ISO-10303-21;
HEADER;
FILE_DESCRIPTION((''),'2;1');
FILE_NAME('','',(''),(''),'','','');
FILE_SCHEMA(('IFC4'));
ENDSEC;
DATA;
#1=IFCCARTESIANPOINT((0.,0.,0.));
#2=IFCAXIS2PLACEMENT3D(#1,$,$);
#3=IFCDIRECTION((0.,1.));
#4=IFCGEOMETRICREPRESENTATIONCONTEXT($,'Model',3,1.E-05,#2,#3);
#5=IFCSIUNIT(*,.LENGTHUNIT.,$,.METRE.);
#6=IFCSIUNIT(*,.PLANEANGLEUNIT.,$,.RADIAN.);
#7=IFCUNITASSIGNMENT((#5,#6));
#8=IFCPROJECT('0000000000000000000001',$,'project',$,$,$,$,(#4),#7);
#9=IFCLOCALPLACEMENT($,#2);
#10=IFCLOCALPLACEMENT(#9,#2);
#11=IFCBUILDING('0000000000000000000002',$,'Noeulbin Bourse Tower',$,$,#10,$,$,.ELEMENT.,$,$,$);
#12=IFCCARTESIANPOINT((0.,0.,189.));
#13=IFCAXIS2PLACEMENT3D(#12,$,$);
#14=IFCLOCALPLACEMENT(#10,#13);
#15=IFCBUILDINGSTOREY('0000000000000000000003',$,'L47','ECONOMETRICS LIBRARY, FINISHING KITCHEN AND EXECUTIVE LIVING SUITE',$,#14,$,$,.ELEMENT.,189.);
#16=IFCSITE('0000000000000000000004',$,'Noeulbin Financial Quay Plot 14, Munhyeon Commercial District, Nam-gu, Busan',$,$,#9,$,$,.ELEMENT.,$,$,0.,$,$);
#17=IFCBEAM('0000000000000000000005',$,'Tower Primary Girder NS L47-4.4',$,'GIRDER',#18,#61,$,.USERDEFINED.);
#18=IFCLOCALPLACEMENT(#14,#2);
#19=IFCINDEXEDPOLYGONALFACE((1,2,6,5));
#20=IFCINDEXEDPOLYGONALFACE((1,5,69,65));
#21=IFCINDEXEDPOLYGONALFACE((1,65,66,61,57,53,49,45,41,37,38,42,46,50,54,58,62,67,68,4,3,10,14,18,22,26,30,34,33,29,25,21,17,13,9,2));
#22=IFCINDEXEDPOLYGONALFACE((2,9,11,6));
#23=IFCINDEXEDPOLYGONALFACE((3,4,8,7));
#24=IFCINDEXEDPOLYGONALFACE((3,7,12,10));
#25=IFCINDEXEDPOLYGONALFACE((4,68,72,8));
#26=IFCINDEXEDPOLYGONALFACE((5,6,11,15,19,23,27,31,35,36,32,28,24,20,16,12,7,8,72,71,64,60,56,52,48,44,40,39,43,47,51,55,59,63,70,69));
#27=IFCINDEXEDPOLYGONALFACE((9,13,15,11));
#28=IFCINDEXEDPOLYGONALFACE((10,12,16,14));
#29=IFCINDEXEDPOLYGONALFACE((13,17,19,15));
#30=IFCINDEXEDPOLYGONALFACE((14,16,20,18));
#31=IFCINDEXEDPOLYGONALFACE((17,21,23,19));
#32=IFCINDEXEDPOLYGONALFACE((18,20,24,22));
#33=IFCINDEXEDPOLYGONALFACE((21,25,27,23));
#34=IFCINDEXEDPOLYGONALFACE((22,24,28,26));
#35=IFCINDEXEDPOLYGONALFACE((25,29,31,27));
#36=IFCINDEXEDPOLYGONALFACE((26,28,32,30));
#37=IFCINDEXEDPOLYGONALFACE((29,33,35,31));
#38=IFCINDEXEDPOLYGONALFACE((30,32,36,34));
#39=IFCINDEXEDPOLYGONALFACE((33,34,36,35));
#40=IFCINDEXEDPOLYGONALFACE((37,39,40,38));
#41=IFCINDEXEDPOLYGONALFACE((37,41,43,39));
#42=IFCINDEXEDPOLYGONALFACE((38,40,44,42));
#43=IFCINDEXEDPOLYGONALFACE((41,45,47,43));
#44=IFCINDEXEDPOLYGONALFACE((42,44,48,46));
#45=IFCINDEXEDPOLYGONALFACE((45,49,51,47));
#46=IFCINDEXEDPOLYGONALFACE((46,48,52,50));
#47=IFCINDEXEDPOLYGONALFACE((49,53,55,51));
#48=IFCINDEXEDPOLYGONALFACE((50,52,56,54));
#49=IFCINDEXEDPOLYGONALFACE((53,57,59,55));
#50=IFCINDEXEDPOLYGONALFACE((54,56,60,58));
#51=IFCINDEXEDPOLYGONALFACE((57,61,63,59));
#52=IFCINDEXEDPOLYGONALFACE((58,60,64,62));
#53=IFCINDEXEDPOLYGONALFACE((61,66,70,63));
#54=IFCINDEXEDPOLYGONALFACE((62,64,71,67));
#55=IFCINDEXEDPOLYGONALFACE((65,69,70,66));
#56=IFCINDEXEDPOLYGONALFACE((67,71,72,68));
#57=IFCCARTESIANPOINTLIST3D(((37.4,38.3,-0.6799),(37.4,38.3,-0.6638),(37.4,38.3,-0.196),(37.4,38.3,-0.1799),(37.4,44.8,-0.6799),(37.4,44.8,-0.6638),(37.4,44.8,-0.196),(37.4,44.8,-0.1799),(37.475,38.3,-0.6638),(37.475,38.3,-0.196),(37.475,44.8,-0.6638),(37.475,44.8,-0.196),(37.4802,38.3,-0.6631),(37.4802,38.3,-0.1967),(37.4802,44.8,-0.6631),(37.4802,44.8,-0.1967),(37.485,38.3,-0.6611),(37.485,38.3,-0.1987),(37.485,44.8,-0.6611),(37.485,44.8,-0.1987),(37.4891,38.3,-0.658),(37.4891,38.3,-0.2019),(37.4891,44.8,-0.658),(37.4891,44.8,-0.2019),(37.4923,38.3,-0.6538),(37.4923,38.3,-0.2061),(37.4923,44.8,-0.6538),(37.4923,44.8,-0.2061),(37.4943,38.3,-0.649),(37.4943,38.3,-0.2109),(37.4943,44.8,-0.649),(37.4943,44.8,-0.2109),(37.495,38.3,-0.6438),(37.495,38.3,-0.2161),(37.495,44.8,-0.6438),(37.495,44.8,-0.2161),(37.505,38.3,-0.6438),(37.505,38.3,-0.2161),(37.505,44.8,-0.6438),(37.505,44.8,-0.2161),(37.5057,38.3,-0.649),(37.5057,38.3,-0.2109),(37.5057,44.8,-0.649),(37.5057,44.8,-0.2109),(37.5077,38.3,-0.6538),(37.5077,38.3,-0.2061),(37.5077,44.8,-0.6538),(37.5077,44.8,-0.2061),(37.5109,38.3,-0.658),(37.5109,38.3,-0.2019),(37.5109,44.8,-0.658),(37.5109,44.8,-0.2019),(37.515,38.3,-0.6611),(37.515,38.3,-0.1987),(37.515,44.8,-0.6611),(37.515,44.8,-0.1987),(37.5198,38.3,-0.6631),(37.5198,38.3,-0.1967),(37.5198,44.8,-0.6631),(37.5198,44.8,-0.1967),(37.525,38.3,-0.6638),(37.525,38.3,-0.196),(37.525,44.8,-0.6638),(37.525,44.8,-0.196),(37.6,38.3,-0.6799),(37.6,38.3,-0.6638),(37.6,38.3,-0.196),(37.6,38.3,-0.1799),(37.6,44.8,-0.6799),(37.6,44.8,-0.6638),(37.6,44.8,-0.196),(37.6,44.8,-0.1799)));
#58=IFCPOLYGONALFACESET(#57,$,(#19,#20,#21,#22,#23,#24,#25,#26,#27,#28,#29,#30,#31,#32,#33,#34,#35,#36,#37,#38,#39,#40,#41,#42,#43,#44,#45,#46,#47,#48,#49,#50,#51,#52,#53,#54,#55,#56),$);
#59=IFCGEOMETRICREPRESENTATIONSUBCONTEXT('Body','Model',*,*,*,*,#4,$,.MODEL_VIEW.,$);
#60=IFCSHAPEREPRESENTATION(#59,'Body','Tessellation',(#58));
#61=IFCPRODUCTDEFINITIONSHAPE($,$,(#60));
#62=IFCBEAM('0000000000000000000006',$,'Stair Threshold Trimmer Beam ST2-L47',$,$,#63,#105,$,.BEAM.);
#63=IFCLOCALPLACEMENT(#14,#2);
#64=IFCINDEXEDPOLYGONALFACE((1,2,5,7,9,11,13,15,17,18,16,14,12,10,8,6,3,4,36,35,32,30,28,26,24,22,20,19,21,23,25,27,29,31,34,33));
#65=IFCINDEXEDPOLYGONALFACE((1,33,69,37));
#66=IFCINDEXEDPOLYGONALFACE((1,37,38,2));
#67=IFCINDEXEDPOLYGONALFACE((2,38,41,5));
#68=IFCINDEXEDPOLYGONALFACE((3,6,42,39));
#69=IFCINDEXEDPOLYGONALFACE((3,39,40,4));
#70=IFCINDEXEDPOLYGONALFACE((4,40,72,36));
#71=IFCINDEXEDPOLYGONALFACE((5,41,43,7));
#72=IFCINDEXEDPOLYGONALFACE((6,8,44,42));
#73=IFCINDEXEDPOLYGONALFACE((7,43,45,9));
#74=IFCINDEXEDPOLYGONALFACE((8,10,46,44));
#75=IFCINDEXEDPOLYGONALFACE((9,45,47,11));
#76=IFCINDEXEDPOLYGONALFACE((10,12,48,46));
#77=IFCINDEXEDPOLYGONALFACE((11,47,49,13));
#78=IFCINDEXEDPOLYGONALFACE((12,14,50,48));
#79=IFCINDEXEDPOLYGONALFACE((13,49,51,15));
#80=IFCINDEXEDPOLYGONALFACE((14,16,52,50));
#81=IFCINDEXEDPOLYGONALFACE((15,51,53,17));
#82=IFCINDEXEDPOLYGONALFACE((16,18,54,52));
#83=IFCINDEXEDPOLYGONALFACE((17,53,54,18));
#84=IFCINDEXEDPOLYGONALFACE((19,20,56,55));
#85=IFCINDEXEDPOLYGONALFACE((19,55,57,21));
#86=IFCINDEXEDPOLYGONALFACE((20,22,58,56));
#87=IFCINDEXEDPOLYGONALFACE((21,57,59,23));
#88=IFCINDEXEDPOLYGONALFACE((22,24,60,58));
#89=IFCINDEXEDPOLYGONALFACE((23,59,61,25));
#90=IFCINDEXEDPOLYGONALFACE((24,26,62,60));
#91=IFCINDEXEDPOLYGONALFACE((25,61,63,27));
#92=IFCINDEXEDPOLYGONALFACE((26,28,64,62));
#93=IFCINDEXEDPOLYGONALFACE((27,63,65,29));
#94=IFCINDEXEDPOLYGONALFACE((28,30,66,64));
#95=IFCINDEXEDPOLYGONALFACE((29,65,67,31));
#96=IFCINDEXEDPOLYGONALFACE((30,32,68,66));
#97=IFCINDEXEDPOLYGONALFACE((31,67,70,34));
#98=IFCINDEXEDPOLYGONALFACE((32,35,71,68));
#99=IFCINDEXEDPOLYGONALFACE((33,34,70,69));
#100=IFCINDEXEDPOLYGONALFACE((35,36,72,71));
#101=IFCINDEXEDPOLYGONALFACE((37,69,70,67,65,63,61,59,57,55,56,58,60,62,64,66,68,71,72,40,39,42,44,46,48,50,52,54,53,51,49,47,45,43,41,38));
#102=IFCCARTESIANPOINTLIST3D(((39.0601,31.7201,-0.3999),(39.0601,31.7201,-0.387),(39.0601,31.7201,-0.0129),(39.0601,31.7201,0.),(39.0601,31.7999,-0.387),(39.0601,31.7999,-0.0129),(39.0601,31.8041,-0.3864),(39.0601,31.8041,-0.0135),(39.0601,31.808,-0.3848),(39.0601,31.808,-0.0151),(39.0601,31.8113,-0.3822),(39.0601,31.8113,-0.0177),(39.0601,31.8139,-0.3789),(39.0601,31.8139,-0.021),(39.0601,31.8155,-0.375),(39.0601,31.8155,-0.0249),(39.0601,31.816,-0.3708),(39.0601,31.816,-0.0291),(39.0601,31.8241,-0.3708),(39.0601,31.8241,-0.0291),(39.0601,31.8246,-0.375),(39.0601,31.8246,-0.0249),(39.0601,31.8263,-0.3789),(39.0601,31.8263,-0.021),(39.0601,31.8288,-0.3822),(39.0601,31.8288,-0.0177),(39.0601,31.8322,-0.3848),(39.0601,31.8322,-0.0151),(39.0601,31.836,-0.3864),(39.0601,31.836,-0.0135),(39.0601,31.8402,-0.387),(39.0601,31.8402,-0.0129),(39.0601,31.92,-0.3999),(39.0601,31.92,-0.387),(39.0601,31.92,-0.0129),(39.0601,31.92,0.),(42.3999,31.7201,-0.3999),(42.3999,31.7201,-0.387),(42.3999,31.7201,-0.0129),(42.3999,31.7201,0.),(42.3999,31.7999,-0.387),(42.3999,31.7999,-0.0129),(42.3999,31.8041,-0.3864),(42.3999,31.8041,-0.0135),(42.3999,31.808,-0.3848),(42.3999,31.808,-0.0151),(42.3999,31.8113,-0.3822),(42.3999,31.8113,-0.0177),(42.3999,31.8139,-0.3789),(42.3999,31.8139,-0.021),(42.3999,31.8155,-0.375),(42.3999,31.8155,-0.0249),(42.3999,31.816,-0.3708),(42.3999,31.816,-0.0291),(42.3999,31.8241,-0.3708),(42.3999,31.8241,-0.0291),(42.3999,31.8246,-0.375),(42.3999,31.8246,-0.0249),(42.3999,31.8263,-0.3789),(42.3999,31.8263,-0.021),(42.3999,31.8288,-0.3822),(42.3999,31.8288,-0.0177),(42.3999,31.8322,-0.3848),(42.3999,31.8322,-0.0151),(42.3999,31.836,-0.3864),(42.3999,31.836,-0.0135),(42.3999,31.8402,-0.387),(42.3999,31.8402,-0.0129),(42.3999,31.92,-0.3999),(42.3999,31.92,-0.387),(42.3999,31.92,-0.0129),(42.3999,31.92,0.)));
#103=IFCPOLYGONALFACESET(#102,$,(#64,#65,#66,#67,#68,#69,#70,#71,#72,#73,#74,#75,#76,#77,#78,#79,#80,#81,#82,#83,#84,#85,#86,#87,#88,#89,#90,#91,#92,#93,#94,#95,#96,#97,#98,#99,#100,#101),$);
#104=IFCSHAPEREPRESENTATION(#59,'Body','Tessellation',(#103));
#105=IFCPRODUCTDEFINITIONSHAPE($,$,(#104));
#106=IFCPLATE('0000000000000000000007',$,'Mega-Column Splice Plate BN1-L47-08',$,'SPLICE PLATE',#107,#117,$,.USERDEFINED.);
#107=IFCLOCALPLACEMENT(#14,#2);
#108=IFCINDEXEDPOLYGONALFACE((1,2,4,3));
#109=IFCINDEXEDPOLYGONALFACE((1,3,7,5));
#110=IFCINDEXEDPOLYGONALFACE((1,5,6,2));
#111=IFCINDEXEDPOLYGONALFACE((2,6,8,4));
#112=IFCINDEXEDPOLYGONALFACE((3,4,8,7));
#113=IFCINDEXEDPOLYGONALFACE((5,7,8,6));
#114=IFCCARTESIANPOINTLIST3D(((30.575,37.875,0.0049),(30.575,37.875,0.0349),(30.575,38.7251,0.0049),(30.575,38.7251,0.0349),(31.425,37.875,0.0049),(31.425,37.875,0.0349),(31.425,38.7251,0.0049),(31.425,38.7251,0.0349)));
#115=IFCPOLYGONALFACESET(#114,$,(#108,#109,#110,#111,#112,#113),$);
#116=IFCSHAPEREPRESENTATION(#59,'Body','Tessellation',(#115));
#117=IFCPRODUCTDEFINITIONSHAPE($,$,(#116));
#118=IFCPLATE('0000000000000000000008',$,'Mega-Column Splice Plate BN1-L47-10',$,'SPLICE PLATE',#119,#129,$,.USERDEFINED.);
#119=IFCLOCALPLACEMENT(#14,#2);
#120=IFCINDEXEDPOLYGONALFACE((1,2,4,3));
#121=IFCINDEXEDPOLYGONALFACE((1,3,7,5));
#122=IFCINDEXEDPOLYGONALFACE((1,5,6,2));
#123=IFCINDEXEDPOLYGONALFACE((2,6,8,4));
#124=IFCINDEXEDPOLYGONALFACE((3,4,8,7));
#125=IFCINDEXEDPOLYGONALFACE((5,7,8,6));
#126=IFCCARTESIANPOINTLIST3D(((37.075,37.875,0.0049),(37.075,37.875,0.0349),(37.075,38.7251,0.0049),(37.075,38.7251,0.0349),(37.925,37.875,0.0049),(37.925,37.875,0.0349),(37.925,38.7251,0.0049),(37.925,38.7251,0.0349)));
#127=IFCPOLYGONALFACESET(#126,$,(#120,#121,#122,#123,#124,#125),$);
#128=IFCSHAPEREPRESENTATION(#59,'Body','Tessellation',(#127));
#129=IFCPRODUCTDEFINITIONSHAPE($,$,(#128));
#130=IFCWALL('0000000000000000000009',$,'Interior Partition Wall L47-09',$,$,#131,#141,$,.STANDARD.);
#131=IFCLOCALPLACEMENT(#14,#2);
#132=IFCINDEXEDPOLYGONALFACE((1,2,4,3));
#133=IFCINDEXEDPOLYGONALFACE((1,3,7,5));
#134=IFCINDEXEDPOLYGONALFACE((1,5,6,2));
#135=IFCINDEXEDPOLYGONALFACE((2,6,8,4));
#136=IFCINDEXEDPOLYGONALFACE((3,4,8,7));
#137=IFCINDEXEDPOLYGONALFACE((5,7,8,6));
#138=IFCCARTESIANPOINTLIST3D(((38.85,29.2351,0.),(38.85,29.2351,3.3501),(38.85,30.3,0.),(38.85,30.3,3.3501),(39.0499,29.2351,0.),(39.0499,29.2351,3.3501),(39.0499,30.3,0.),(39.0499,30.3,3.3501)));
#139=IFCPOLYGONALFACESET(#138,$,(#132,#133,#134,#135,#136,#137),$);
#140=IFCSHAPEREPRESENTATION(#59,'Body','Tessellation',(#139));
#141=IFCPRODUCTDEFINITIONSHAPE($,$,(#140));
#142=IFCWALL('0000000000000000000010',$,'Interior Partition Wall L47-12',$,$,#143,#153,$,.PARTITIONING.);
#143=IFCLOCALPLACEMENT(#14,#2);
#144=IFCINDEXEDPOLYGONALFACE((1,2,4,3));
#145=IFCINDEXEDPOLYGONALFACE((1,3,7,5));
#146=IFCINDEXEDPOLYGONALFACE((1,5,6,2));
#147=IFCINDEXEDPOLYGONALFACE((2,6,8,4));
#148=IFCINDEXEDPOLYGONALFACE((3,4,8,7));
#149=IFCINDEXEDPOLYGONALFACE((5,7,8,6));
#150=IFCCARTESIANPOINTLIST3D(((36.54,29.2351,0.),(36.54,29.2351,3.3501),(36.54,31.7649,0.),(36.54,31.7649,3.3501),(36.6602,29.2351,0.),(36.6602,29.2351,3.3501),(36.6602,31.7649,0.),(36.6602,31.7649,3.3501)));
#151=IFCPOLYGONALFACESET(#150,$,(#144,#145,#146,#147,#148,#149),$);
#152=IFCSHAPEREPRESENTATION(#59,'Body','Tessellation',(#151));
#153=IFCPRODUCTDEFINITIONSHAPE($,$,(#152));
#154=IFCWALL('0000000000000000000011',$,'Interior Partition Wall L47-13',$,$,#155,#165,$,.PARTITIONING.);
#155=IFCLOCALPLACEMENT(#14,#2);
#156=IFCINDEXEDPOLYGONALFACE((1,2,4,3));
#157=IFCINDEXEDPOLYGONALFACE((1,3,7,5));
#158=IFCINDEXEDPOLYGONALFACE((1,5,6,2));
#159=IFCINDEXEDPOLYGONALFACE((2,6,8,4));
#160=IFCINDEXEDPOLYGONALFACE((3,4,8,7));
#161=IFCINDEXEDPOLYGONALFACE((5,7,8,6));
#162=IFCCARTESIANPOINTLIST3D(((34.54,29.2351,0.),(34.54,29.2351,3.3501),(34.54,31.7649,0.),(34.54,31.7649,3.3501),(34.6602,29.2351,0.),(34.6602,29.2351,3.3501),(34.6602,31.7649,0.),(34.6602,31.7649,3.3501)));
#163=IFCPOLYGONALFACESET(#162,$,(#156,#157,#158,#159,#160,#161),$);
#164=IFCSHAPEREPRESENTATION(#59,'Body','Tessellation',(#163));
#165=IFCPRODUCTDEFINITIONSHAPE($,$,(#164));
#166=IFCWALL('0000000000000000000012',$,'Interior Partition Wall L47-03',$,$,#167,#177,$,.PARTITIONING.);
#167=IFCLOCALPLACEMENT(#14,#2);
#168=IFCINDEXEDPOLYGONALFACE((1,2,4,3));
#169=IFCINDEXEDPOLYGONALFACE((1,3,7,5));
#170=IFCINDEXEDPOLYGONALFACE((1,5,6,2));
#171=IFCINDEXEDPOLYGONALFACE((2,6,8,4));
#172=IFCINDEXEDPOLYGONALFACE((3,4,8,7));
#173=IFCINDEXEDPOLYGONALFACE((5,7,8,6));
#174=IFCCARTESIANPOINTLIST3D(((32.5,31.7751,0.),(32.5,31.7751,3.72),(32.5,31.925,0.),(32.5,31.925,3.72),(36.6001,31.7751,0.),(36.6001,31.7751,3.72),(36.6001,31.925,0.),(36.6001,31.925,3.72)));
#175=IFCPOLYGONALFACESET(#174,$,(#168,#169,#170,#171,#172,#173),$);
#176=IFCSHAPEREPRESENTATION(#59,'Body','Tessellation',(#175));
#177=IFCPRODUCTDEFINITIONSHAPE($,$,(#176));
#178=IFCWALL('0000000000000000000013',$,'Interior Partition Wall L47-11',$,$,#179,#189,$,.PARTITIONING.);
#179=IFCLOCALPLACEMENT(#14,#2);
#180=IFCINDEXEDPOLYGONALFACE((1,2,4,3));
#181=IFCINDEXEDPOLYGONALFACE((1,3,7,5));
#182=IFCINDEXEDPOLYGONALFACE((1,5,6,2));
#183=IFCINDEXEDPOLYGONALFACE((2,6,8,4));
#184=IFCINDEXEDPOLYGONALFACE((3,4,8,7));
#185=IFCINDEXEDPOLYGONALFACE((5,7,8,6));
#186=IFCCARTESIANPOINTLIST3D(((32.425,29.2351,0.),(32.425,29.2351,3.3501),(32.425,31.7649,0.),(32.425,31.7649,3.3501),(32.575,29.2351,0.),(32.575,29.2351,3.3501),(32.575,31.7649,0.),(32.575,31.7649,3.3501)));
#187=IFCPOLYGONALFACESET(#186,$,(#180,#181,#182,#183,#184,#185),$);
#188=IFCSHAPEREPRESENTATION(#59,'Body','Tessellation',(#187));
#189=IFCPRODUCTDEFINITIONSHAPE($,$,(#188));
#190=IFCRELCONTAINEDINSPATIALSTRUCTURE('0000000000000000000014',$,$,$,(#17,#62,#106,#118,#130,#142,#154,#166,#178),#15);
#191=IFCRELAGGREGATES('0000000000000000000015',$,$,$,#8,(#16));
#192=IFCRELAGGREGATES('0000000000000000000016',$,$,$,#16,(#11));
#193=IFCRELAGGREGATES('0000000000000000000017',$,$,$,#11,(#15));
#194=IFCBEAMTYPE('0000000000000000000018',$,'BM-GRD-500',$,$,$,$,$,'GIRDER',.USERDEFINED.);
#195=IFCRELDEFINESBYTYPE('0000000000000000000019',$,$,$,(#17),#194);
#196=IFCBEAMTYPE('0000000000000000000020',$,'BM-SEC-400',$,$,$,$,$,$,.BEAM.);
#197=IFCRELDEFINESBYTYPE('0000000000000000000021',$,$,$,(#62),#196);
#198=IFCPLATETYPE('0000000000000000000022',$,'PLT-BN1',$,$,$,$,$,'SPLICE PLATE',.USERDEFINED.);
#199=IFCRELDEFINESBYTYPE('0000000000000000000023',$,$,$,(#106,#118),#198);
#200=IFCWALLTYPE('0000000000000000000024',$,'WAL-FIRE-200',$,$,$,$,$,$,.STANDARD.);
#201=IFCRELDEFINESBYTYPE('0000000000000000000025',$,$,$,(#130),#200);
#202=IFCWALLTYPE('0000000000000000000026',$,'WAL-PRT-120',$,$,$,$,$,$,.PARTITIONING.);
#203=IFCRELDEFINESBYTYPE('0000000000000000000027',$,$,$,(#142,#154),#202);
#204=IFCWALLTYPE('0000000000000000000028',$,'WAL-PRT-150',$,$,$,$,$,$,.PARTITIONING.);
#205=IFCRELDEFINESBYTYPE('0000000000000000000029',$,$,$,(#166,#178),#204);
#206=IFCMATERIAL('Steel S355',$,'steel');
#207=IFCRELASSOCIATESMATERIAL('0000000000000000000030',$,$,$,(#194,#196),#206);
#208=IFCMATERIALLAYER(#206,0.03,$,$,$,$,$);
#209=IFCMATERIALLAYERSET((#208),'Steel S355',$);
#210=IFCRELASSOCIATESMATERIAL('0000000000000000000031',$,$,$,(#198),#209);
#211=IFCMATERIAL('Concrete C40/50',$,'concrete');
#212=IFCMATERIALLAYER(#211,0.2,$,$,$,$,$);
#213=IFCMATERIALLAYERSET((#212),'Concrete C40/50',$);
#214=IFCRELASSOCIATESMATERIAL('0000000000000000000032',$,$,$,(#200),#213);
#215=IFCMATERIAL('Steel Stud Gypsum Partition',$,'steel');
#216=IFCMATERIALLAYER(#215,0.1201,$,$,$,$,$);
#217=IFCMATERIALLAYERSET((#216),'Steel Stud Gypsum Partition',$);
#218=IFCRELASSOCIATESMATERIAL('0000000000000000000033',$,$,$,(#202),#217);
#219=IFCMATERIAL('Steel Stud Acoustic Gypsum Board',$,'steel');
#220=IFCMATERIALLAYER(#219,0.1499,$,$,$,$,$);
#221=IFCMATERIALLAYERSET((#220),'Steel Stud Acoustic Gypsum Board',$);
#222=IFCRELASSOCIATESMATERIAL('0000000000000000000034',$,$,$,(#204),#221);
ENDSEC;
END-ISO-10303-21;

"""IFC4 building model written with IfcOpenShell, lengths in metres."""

from ifc_helpers import new_model, si_unit, direction, frame, frame_2d, origin, origin_2d, place, context, subcontext, project, spatial, rectangle, i_section, extrude, material, layer, layer_set, material_profile, profile_set, type_object, element, save


model = new_model("IFC4")

# Units and contexts
model_context = context("Model", 3, precision=1e-05, world=origin(), true_north=direction((0.0, 1.0)))
body_context = subcontext(model_context, "Body", "Model", "MODEL_VIEW")
ifc_project = project(units=[si_unit("LENGTHUNIT", "METRE"), si_unit("PLANEANGLEUNIT", "RADIAN")], contexts=[model_context])

# Site, building, storey
site_placement = place(None, origin())
site = spatial("IfcSite", under=ifc_project, at=site_placement, Name="Noeulbin Financial Quay Plot 14, Munhyeon Commercial District, Nam-gu, Busan", CompositionType="ELEMENT", RefElevation=0.0)
building_placement = place(site_placement, origin())
building = spatial("IfcBuilding", under=site, at=building_placement, Name="Noeulbin Bourse Tower", CompositionType="ELEMENT")
storey_placement = place(building_placement, frame((0.0, 0.0, 189.0)))
storey = spatial("IfcBuildingStorey", under=building, at=storey_placement, Name="L47", Description="ECONOMETRICS LIBRARY, FINISHING KITCHEN AND EXECUTIVE LIVING SUITE", CompositionType="ELEMENT", Elevation=189.0)

# Beams
ifc_material_1 = material(Name="Steel S355", Category="steel")
ifc_material_profile_1 = material_profile(ifc_material_1, i_section(OverallWidth=0.2, OverallDepth=0.5, WebThickness=0.01, FlangeThickness=0.0161, FilletRadius=0.02, at=origin_2d()), Name="H-500x200x10x16", Category="LoadBearing")
ifc_profile_set_1 = profile_set([ifc_material_profile_1], Name="Steel S355")
beam_type_1 = type_object("IfcBeamType", Name="BM-GRD-500", ElementType="GIRDER", PredefinedType="USERDEFINED", material=ifc_profile_set_1)
for number, where, z_axis, x_axis, name in (
    (1, (37.5, 38.3, -0.4299), (0.0, 1.0, 0.0), (-1.0, 0.0, 0.0), "Tower Primary Girder NS L47-4.4"),
):
    element("IfcBeam", number, at=place(storey_placement, frame(where, z_axis=z_axis, x_axis=x_axis)), inside=storey, type_object=beam_type_1, Name=name, ObjectType="GIRDER", PredefinedType="USERDEFINED", context=body_context, shape_type="SweptSolid", body=[
        extrude(i_section(OverallWidth=0.2, OverallDepth=0.5, WebThickness=0.01, FlangeThickness=0.0161, FilletRadius=0.02, at=origin_2d()), origin(), (0.0, 0.0, 1.0), 6.5),
    ])
ifc_material_profile_2 = material_profile(ifc_material_1, i_section(OverallWidth=0.2, OverallDepth=0.3999, WebThickness=0.0081, FlangeThickness=0.0129, FilletRadius=0.0161, at=origin_2d()), Name="H-400x200x8x13", Category="LoadBearing")
ifc_profile_set_2 = profile_set([ifc_material_profile_2], Name="Steel S355")
beam_type_2 = type_object("IfcBeamType", Name="BM-SEC-400", PredefinedType="BEAM", material=ifc_profile_set_2)
beam_placement = place(storey_placement, frame((39.0601, 31.8201, -0.2), z_axis=(1.0, 0.0, 0.0), x_axis=(0.0, 1.0, 0.0)))
element("IfcBeam", 2, at=beam_placement, inside=storey, type_object=beam_type_2, Name="Stair Threshold Trimmer Beam ST2-L47", PredefinedType="BEAM", context=body_context, shape_type="SweptSolid", body=[
    extrude(i_section(OverallWidth=0.2, OverallDepth=0.3999, WebThickness=0.0081, FlangeThickness=0.0129, FilletRadius=0.0161, at=origin_2d()), origin(), (0.0, 0.0, 1.0), 3.3398),
])

# Plates
ifc_layer_1 = layer(ifc_material_1, 0.03)
ifc_layer_set_1 = layer_set([ifc_layer_1], Name="Steel S355")
plate_type = type_object("IfcPlateType", Name="PLT-BN1", ElementType="SPLICE PLATE", PredefinedType="USERDEFINED", material=ifc_layer_set_1)
for number, where, z_axis, x_axis, name in (
    (3, (31.0, 38.3, 0.0049), (0.0, 0.0, 1.0), (1.0, 0.0, 0.0), "Mega-Column Splice Plate BN1-L47-08"),
    (4, (37.5, 38.3, 0.0049), (0.0, 0.0, 1.0), (1.0, 0.0, 0.0), "Mega-Column Splice Plate BN1-L47-10"),
):
    element("IfcPlate", number, at=place(storey_placement, frame(where, z_axis=z_axis, x_axis=x_axis)), inside=storey, type_object=plate_type, Name=name, ObjectType="SPLICE PLATE", PredefinedType="USERDEFINED", context=body_context, shape_type="SweptSolid", body=[
        extrude(rectangle(XDim=0.8501, YDim=0.8501, at=origin_2d()), origin(), (0.0, 0.0, 1.0), 0.03),
    ])

# Walls
ifc_material_2 = material(Name="Concrete C40/50", Category="concrete")
ifc_layer_2 = layer(ifc_material_2, 0.2)
ifc_layer_set_2 = layer_set([ifc_layer_2], Name="Concrete C40/50")
wall_type_1 = type_object("IfcWallType", Name="WAL-FIRE-200", PredefinedType="STANDARD", material=ifc_layer_set_2)
wall_1_placement = place(storey_placement, frame((38.95, 29.2351, 0.0), z_axis=(0.0, 0.0, 1.0), x_axis=(0.0, 1.0, 0.0)))
element("IfcWall", 5, at=wall_1_placement, inside=storey, type_object=wall_type_1, Name="Interior Partition Wall L47-09", PredefinedType="STANDARD", context=body_context, shape_type="SweptSolid", body=[
    extrude(rectangle(XDim=1.0649, YDim=0.2, at=frame_2d((0.5325, 0.0))), origin(), (0.0, 0.0, 1.0), 3.3501),
])
ifc_material_3 = material(Name="Steel Stud Gypsum Partition", Category="steel")
ifc_layer_3 = layer(ifc_material_3, 0.1201)
ifc_layer_set_3 = layer_set([ifc_layer_3], Name="Steel Stud Gypsum Partition")
wall_type_2 = type_object("IfcWallType", Name="WAL-PRT-120", PredefinedType="PARTITIONING", material=ifc_layer_set_3)
for number, where, z_axis, x_axis, name in (
    (6, (36.6001, 29.2351, 0.0), (0.0, 0.0, 1.0), (0.0, 1.0, 0.0), "Interior Partition Wall L47-12"),
    (7, (34.6001, 29.2351, 0.0), (0.0, 0.0, 1.0), (0.0, 1.0, 0.0), "Interior Partition Wall L47-13"),
):
    element("IfcWall", number, at=place(storey_placement, frame(where, z_axis=z_axis, x_axis=x_axis)), inside=storey, type_object=wall_type_2, Name=name, PredefinedType="PARTITIONING", context=body_context, shape_type="SweptSolid", body=[
        extrude(rectangle(XDim=2.5298, YDim=0.1201, at=frame_2d((1.2649, 0.0))), origin(), (0.0, 0.0, 1.0), 3.3501),
    ])
ifc_material_4 = material(Name="Steel Stud Acoustic Gypsum Board", Category="steel")
ifc_layer_4 = layer(ifc_material_4, 0.1499)
ifc_layer_set_4 = layer_set([ifc_layer_4], Name="Steel Stud Acoustic Gypsum Board")
wall_type_3 = type_object("IfcWallType", Name="WAL-PRT-150", PredefinedType="PARTITIONING", material=ifc_layer_set_4)
wall_2_placement = place(storey_placement, frame((32.5, 31.8501, 0.0), z_axis=(0.0, 0.0, 1.0), x_axis=(1.0, 0.0, 0.0)))
element("IfcWall", 8, at=wall_2_placement, inside=storey, type_object=wall_type_3, Name="Interior Partition Wall L47-03", PredefinedType="PARTITIONING", context=body_context, shape_type="SweptSolid", body=[
    extrude(rectangle(XDim=4.1001, YDim=0.1499, at=frame_2d((2.05, 0.0))), origin(), (0.0, 0.0, 1.0), 3.72),
])
wall_3_placement = place(storey_placement, frame((32.5, 29.2351, 0.0), z_axis=(0.0, 0.0, 1.0), x_axis=(0.0, 1.0, 0.0)))
element("IfcWall", 9, at=wall_3_placement, inside=storey, type_object=wall_type_3, Name="Interior Partition Wall L47-11", PredefinedType="PARTITIONING", context=body_context, shape_type="SweptSolid", body=[
    extrude(rectangle(XDim=2.5298, YDim=0.1499, at=frame_2d((1.2649, 0.0))), origin(), (0.0, 0.0, 1.0), 3.3501),
])

save(model, "model.ifc")
